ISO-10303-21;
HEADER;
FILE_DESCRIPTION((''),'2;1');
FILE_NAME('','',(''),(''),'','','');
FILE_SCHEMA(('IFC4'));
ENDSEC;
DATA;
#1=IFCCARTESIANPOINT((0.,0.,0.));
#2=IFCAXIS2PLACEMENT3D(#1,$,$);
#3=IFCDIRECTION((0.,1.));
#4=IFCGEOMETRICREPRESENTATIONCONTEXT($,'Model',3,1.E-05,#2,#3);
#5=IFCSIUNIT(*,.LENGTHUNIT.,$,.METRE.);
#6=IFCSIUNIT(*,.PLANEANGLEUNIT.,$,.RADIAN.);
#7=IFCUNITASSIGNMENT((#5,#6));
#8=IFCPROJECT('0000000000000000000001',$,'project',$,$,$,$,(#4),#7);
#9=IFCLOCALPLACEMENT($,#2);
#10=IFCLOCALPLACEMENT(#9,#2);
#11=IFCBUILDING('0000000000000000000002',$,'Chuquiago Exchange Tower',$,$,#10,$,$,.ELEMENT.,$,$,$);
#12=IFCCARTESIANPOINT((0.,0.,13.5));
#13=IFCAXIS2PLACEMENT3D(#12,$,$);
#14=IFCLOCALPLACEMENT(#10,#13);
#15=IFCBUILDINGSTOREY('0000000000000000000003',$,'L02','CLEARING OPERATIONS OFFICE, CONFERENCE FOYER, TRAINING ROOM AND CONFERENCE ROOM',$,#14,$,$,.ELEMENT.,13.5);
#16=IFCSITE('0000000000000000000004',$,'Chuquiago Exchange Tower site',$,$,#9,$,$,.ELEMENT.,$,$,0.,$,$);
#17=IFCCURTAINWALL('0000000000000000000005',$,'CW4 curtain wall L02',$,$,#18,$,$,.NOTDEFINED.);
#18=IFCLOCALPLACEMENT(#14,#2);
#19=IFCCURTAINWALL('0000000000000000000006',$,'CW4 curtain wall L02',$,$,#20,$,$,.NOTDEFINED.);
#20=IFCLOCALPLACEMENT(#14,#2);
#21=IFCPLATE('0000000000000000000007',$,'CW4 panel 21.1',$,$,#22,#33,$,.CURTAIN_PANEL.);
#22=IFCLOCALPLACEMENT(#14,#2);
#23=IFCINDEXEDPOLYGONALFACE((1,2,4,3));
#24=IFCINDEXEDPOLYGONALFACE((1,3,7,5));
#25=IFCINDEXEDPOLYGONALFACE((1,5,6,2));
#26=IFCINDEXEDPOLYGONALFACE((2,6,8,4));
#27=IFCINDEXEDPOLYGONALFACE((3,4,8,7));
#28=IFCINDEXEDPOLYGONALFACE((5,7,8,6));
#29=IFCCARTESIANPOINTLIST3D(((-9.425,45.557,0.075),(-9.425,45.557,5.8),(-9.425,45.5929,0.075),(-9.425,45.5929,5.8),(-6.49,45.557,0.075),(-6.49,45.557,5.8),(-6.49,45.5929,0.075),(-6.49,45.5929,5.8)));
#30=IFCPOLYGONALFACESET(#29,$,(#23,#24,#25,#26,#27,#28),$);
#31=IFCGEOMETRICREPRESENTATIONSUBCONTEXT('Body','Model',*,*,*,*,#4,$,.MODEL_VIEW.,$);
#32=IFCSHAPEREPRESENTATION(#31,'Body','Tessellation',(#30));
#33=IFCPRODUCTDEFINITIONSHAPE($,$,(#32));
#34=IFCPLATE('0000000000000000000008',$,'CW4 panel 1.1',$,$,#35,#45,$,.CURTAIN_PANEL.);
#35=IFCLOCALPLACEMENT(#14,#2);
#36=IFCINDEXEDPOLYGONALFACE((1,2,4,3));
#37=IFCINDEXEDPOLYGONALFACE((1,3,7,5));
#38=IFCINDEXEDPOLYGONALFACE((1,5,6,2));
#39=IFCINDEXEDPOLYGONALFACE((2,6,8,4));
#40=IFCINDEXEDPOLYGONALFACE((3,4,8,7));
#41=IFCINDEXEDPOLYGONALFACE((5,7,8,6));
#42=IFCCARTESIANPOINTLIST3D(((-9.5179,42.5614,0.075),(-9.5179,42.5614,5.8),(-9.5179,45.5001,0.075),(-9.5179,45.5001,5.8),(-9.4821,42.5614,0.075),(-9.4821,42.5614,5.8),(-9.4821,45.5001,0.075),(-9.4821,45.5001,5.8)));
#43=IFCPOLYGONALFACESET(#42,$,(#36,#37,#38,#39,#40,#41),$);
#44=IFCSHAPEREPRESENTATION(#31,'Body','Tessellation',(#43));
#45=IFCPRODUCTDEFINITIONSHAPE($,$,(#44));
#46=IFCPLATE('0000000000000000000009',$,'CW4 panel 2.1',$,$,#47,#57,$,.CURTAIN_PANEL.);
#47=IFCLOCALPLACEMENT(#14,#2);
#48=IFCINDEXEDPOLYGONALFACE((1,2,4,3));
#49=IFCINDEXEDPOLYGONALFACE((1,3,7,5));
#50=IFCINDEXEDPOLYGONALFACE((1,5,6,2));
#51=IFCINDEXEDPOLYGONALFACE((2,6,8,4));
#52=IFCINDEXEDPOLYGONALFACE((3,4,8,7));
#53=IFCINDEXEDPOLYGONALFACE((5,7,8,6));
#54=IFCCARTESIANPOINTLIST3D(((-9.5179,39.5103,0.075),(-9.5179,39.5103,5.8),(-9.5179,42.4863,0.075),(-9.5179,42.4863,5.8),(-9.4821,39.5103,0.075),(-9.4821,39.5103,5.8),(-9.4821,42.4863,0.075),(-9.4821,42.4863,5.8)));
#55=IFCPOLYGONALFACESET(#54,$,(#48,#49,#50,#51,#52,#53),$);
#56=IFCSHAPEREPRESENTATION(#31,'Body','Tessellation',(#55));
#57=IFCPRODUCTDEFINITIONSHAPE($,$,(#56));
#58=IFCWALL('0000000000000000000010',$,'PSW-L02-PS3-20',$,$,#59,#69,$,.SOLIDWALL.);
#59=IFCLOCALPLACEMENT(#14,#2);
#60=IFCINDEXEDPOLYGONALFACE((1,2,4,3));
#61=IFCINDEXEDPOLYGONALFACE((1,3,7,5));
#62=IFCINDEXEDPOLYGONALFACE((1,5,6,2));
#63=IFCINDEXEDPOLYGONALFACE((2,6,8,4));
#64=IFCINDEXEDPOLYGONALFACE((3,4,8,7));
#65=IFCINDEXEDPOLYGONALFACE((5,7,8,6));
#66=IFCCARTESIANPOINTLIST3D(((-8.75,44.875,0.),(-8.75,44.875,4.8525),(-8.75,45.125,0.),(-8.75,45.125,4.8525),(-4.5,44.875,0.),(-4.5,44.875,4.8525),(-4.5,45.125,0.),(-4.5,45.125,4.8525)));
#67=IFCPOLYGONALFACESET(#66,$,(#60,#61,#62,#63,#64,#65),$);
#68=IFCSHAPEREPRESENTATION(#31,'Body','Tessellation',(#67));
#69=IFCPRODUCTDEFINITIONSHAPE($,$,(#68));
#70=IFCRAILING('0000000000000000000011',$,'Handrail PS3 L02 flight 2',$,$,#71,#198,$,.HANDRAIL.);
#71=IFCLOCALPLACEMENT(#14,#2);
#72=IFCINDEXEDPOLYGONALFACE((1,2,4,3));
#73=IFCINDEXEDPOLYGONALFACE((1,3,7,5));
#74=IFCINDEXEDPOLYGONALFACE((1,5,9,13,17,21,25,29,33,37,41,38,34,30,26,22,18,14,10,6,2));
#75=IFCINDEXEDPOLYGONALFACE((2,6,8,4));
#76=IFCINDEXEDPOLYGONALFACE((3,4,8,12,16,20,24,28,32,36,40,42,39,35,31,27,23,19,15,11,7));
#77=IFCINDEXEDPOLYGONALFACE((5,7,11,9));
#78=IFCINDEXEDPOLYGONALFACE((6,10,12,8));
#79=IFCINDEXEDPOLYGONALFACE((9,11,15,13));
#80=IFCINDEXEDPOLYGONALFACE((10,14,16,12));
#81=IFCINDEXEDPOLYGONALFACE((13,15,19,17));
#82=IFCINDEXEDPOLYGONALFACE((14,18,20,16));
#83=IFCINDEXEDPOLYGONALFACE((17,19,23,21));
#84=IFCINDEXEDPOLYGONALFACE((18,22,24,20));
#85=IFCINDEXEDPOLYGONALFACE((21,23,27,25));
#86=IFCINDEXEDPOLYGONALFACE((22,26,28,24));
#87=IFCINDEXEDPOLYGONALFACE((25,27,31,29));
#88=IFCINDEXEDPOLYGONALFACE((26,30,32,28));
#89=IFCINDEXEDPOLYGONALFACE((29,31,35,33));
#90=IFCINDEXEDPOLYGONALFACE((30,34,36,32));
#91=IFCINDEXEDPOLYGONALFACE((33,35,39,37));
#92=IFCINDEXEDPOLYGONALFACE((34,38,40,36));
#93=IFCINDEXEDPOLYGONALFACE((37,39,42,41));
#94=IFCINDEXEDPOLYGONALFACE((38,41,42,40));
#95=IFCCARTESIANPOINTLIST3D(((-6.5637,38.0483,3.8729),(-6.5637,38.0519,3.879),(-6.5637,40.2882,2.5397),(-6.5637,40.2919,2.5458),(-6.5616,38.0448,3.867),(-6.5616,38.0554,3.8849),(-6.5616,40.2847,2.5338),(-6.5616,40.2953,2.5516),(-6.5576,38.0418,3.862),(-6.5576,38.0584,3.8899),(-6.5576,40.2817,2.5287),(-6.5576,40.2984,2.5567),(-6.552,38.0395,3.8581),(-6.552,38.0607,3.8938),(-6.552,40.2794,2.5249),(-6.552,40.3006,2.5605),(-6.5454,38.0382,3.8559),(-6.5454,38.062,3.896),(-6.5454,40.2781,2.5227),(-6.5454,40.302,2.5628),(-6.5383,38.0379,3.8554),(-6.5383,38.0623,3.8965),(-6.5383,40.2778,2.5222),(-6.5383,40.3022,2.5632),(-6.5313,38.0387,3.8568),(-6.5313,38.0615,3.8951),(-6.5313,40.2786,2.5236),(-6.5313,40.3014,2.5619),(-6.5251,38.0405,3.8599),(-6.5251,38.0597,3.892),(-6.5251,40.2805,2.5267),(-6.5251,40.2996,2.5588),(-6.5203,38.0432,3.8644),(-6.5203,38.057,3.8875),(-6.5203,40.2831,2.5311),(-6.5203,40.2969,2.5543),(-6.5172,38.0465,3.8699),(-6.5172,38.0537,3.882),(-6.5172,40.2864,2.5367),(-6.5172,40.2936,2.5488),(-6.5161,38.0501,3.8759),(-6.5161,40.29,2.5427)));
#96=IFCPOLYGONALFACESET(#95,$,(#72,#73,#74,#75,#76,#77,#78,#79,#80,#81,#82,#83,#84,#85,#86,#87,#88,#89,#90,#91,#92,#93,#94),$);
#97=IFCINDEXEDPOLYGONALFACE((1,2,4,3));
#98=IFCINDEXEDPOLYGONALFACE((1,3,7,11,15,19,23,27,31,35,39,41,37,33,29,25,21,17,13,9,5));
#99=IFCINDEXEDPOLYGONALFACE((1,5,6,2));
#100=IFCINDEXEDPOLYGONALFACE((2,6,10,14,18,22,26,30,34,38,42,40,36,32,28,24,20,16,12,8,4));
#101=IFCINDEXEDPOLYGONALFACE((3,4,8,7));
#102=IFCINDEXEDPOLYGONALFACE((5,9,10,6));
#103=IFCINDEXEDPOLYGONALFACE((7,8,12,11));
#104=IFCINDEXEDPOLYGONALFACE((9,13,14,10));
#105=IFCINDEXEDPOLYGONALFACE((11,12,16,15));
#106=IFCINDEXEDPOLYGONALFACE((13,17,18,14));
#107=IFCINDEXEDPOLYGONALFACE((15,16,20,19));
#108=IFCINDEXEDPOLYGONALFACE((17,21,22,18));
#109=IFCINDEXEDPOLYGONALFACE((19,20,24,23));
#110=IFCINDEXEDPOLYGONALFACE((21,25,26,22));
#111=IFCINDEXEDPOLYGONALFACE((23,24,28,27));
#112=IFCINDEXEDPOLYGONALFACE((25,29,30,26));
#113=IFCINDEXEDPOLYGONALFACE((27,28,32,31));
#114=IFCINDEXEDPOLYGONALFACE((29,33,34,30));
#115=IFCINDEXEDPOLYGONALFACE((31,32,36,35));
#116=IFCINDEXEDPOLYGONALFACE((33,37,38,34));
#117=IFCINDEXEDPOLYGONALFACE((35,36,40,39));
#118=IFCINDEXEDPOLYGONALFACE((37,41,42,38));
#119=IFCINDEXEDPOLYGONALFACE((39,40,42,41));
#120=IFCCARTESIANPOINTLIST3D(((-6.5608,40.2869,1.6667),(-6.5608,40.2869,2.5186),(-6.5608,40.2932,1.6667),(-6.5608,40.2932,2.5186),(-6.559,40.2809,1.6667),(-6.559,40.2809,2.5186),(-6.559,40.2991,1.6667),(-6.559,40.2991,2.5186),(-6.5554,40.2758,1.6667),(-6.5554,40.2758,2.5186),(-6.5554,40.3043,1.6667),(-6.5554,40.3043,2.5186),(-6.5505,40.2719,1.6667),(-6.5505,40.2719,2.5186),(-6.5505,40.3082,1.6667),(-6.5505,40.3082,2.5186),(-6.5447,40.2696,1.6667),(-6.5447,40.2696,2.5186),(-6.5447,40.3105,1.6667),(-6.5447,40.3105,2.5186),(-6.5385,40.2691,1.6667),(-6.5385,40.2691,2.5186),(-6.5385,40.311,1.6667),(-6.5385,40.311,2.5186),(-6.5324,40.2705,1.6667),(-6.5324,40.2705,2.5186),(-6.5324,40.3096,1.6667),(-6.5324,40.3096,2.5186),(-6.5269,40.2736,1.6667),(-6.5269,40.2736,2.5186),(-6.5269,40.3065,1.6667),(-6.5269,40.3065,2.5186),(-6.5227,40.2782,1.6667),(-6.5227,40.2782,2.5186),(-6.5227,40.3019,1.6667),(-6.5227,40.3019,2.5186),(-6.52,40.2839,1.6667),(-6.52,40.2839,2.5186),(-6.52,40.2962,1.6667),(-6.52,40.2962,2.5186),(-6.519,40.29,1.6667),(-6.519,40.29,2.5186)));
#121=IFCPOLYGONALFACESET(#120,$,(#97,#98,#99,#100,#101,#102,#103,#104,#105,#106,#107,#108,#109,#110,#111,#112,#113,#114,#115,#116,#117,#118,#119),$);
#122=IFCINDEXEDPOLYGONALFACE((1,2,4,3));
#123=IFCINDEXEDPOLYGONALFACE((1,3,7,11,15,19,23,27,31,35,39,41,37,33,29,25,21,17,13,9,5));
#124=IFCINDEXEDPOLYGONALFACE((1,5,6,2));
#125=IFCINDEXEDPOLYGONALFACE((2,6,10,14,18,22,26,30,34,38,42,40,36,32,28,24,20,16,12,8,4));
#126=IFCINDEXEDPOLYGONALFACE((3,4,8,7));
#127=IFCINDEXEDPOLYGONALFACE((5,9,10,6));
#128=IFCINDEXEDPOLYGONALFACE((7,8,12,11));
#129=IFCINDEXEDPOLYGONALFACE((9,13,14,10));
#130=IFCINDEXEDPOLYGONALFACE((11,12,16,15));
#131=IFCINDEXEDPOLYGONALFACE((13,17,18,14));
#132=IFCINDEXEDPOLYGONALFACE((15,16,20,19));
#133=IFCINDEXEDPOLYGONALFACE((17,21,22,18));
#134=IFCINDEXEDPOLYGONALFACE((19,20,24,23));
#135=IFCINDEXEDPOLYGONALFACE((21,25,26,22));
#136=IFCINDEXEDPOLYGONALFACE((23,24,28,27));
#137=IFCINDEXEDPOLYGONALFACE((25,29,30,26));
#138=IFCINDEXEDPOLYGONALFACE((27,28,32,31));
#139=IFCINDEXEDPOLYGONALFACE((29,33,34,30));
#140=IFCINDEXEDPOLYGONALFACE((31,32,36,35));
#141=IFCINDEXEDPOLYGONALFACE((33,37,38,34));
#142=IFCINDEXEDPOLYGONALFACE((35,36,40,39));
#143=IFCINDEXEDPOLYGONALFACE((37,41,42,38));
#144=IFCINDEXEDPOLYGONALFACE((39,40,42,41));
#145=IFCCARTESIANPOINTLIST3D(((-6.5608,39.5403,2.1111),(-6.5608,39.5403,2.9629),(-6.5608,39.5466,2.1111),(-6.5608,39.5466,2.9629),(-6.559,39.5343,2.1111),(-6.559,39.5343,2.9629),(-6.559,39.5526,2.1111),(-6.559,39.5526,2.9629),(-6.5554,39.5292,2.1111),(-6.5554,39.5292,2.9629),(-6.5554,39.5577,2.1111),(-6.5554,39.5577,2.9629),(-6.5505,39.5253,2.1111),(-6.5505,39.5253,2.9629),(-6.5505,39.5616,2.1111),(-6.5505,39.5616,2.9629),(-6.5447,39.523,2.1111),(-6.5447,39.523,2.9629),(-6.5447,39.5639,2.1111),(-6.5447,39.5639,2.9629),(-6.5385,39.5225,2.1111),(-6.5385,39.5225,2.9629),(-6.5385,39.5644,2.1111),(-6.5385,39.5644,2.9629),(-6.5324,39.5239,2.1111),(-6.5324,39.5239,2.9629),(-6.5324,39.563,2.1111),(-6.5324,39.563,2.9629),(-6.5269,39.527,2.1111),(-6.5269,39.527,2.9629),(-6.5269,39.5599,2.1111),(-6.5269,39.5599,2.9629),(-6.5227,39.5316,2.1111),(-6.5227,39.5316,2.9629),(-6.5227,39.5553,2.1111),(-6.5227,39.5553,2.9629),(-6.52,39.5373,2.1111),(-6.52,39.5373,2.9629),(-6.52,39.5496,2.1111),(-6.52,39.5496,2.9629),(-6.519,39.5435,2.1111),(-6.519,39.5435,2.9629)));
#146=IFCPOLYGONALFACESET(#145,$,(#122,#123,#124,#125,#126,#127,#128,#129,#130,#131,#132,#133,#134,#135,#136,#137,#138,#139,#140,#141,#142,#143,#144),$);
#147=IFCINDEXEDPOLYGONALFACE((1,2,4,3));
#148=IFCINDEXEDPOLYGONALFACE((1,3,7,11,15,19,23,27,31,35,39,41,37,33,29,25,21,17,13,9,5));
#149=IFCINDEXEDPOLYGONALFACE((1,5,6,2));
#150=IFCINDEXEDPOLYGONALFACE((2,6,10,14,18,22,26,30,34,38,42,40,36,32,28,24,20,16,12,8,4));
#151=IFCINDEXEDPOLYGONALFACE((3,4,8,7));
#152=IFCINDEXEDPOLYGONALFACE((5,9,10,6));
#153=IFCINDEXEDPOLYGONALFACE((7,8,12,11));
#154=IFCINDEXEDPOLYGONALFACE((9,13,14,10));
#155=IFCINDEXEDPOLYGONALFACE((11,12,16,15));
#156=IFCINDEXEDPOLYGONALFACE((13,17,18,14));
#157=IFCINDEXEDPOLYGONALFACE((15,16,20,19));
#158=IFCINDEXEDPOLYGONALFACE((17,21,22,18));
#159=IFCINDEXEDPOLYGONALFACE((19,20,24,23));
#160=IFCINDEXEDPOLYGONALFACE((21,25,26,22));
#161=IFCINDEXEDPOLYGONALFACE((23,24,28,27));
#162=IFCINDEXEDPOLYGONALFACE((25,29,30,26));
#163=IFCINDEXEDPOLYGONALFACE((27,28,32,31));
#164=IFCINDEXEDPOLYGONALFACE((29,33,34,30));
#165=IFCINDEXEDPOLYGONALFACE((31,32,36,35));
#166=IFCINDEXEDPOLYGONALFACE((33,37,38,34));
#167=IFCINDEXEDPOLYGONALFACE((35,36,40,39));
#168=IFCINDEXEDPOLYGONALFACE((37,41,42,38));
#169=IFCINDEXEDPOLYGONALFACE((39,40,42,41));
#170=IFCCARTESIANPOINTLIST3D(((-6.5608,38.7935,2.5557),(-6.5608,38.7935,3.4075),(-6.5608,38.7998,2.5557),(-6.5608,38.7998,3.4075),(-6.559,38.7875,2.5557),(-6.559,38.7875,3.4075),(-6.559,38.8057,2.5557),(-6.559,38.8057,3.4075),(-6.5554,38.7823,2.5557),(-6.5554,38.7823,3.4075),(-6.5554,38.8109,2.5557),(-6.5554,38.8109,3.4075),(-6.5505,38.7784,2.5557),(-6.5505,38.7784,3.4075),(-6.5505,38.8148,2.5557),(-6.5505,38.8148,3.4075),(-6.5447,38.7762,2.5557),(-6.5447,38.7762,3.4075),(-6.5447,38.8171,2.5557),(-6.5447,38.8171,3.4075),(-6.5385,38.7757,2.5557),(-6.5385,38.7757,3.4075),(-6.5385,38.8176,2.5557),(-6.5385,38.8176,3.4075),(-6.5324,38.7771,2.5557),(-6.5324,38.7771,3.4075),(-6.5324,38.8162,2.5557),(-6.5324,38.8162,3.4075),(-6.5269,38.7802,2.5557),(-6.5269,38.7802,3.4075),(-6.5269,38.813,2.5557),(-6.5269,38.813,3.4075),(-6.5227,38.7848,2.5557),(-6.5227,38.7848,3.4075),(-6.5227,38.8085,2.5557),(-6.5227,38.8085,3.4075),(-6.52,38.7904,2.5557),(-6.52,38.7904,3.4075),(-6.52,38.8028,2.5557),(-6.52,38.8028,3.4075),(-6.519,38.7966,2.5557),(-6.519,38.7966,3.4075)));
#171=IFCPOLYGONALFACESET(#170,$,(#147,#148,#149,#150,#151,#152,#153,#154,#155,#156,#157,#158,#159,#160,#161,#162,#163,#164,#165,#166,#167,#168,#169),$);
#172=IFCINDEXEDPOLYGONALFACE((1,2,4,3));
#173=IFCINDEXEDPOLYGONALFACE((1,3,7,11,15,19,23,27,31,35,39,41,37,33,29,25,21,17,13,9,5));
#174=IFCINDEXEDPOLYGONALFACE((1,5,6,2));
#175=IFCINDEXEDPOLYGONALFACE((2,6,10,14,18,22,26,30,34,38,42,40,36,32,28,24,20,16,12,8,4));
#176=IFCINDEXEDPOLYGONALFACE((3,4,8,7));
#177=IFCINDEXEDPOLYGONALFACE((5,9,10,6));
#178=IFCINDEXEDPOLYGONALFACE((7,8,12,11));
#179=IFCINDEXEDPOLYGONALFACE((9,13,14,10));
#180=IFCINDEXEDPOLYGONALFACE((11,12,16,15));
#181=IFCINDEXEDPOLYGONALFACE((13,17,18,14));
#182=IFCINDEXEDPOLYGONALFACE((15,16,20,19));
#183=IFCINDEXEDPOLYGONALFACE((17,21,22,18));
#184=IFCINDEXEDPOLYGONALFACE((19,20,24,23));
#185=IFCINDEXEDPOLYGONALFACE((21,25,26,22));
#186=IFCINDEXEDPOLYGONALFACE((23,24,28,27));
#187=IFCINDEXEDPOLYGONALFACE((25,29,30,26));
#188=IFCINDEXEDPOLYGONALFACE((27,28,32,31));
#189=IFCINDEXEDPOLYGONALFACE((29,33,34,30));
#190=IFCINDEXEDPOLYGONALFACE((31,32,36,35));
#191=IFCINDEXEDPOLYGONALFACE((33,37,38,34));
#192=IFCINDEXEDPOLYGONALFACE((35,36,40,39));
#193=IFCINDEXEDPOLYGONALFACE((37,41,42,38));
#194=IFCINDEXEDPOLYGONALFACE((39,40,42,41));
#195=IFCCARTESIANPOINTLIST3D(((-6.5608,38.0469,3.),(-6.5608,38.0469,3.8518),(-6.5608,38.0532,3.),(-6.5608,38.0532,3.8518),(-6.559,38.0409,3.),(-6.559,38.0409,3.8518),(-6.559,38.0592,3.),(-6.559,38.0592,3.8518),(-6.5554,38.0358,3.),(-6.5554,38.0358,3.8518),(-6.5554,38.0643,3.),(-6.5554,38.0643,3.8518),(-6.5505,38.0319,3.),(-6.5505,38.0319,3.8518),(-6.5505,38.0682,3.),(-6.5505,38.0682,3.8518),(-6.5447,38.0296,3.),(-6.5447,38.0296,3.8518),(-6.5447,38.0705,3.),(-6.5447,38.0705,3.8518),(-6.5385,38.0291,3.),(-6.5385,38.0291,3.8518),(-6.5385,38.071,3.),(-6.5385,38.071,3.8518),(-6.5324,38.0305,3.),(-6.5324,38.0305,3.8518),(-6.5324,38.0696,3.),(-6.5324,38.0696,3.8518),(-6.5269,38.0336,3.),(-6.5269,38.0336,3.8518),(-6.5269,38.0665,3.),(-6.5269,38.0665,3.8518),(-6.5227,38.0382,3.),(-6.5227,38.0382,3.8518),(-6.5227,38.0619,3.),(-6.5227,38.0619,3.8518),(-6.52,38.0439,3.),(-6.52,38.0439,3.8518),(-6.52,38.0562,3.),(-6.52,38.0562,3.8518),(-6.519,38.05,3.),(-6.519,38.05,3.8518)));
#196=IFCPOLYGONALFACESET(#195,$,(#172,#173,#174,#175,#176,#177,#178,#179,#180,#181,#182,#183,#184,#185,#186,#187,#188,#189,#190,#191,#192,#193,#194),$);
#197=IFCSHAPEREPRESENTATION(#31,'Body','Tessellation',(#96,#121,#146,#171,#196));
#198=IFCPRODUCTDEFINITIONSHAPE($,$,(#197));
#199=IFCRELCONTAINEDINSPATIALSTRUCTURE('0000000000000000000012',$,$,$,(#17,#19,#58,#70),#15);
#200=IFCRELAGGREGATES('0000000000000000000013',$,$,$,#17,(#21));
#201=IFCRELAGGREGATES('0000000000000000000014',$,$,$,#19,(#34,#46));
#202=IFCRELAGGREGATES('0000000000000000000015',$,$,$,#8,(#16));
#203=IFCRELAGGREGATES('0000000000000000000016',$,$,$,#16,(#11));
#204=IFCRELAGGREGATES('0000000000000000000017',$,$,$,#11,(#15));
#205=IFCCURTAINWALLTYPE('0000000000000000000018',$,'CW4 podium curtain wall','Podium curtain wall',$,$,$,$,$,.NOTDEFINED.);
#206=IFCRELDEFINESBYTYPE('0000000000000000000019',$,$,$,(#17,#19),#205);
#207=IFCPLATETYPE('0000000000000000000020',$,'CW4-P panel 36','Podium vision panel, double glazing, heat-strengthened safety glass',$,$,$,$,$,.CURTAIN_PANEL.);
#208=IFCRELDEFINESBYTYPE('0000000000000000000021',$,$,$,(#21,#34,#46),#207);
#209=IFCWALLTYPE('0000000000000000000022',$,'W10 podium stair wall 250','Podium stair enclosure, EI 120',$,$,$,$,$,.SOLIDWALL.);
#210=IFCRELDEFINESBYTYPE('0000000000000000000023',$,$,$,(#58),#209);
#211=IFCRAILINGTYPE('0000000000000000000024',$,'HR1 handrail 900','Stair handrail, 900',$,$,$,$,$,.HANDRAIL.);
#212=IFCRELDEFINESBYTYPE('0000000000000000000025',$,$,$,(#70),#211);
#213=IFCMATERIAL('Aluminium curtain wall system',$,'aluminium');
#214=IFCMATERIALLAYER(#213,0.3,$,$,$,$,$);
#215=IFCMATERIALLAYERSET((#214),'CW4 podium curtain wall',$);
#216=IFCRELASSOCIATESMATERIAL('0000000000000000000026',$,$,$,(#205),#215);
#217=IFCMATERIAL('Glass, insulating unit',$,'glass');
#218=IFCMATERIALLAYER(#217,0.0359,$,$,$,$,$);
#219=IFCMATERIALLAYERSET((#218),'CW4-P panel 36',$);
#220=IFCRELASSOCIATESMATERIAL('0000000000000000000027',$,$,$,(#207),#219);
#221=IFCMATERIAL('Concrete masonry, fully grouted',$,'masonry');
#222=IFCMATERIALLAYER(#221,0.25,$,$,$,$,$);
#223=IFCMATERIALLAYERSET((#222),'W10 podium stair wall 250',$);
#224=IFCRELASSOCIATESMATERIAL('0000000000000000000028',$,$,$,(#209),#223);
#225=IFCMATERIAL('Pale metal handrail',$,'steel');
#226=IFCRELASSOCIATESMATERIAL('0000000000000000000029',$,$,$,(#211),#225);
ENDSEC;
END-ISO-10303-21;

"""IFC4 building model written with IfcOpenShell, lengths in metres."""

from ifc_helpers import new_model, si_unit, direction, frame, frame_2d, origin, origin_2d, place, context, subcontext, project, spatial, rectangle, circle, extrude, material, layer, layer_set, type_object, element, aggregate, save


model = new_model("IFC4")

# Units and contexts
model_context = context("Model", 3, precision=1e-05, world=origin(), true_north=direction((0.0, 1.0)))
body_context = subcontext(model_context, "Body", "Model", "MODEL_VIEW")
ifc_project = project(units=[si_unit("LENGTHUNIT", "METRE"), si_unit("PLANEANGLEUNIT", "RADIAN")], contexts=[model_context])

# Site, building, storey
site_placement = place(None, origin())
site = spatial("IfcSite", under=ifc_project, at=site_placement, Name="Chuquiago Exchange Tower site", CompositionType="ELEMENT", RefElevation=0.0)
building_placement = place(site_placement, origin())
building = spatial("IfcBuilding", under=site, at=building_placement, Name="Chuquiago Exchange Tower", CompositionType="ELEMENT")
storey_placement = place(building_placement, frame((0.0, 0.0, 13.5)))
storey = spatial("IfcBuildingStorey", under=building, at=storey_placement, Name="L02", Description="CLEARING OPERATIONS OFFICE, CONFERENCE FOYER, TRAINING ROOM AND CONFERENCE ROOM", CompositionType="ELEMENT", Elevation=13.5)

# Curtain walls
ifc_material_1 = material(Name="Aluminium curtain wall system", Category="aluminium")
ifc_layer_1 = layer(ifc_material_1, 0.3)
ifc_layer_set_1 = layer_set([ifc_layer_1], Name="CW4 podium curtain wall")
curtain_wall_type = type_object("IfcCurtainWallType", Name="CW4 podium curtain wall", Description="Podium curtain wall", PredefinedType="NOTDEFINED", material=ifc_layer_set_1)
curtain_wall_1_placement = place(storey_placement, origin())
curtain_wall_1 = element("IfcCurtainWall", 1, at=curtain_wall_1_placement, inside=storey, type_object=curtain_wall_type, Name="CW4 curtain wall L02", PredefinedType="NOTDEFINED")
curtain_wall_2_placement = place(storey_placement, origin())
curtain_wall_2 = element("IfcCurtainWall", 2, at=curtain_wall_2_placement, inside=storey, type_object=curtain_wall_type, Name="CW4 curtain wall L02", PredefinedType="NOTDEFINED")

# Plates
ifc_material_2 = material(Name="Glass, insulating unit", Category="glass")
ifc_layer_2 = layer(ifc_material_2, 0.0359)
ifc_layer_set_2 = layer_set([ifc_layer_2], Name="CW4-P panel 36")
plate_type = type_object("IfcPlateType", Name="CW4-P panel 36", Description="Podium vision panel, double glazing, heat-strengthened safety glass", PredefinedType="CURTAIN_PANEL", material=ifc_layer_set_2)
plate_1_placement = place(storey_placement, frame((-7.9575, 45.575, 0.075), z_axis=(0.0, 0.0, 1.0), x_axis=(-1.0, 0.0, 0.0)))
plate_1 = element("IfcPlate", 3, at=plate_1_placement, type_object=plate_type, Name="CW4 panel 21.1", PredefinedType="CURTAIN_PANEL", context=body_context, shape_type="SweptSolid", body=[
    extrude(rectangle(XDim=2.9351, YDim=0.0359, at=origin_2d()), origin(), (0.0, 0.0, 1.0), 5.7251),
])
aggregate(curtain_wall_1, [plate_1])
plate_2_placement = place(storey_placement, frame((-9.5, 44.0308, 0.075), z_axis=(0.0, 0.0, 1.0), x_axis=(0.0, -1.0, 0.0)))
plate_2 = element("IfcPlate", 4, at=plate_2_placement, type_object=plate_type, Name="CW4 panel 1.1", PredefinedType="CURTAIN_PANEL", context=body_context, shape_type="SweptSolid", body=[
    extrude(rectangle(XDim=2.9387, YDim=0.0359, at=origin_2d()), origin(), (0.0, 0.0, 1.0), 5.7251),
])
plate_3_placement = place(storey_placement, frame((-9.5, 40.9983, 0.075), z_axis=(0.0, 0.0, 1.0), x_axis=(0.0, -1.0, 0.0)))
plate_3 = element("IfcPlate", 5, at=plate_3_placement, type_object=plate_type, Name="CW4 panel 2.1", PredefinedType="CURTAIN_PANEL", context=body_context, shape_type="SweptSolid", body=[
    extrude(rectangle(XDim=2.9761, YDim=0.0359, at=origin_2d()), origin(), (0.0, 0.0, 1.0), 5.7251),
])
aggregate(curtain_wall_2, [plate_2, plate_3])

# Wall
ifc_material_3 = material(Name="Concrete masonry, fully grouted", Category="masonry")
ifc_layer_3 = layer(ifc_material_3, 0.25)
ifc_layer_set_3 = layer_set([ifc_layer_3], Name="W10 podium stair wall 250")
wall_type = type_object("IfcWallType", Name="W10 podium stair wall 250", Description="Podium stair enclosure, EI 120", PredefinedType="SOLIDWALL", material=ifc_layer_set_3)
wall_placement = place(storey_placement, frame((-8.75, 45.0, 0.0), z_axis=(0.0, 0.0, 1.0), x_axis=(1.0, 0.0, 0.0)))
element("IfcWall", 6, at=wall_placement, inside=storey, type_object=wall_type, Name="PSW-L02-PS3-20", PredefinedType="SOLIDWALL", context=body_context, shape_type="SweptSolid", body=[
    extrude(rectangle(XDim=4.25, YDim=0.25, at=frame_2d((2.125, 0.0))), origin(), (0.0, 0.0, 1.0), 4.8525),
])

# Railing
ifc_material_4 = material(Name="Pale metal handrail", Category="steel")
railing_type = type_object("IfcRailingType", Name="HR1 handrail 900", Description="Stair handrail, 900", PredefinedType="HANDRAIL", material=ifc_material_4)
for number, where, name in (
    (7, (-6.54, 40.29, 1.6667), "Handrail PS3 L02 flight 2"),
):
    element("IfcRailing", number, at=place(storey_placement, frame(where)), inside=storey, type_object=railing_type, Name=name, PredefinedType="HANDRAIL", context=body_context, shape_type="SweptSolid", body=[
        extrude(circle(Radius=0.0239, at=origin_2d()), frame((0.0, 0.0, 0.876), z_axis=(0.0, -0.859306, 0.511462), x_axis=(1.0, 0.0, 0.0)), (0.0, 0.0, 1.0), 2.6067),
        extrude(circle(Radius=0.021, at=origin_2d()), origin(), (0.0, 0.0, 1.0), 0.8518),
        extrude(circle(Radius=0.021, at=origin_2d()), frame((0.0, -0.7466, 0.4443)), (0.0, 0.0, 1.0), 0.8518),
        extrude(circle(Radius=0.021, at=origin_2d()), frame((0.0, -1.4934, 0.8889)), (0.0, 0.0, 1.0), 0.8518),
        extrude(circle(Radius=0.021, at=origin_2d()), frame((0.0, -2.24, 1.3333)), (0.0, 0.0, 1.0), 0.8518),
    ])

save(model, "model.ifc")
